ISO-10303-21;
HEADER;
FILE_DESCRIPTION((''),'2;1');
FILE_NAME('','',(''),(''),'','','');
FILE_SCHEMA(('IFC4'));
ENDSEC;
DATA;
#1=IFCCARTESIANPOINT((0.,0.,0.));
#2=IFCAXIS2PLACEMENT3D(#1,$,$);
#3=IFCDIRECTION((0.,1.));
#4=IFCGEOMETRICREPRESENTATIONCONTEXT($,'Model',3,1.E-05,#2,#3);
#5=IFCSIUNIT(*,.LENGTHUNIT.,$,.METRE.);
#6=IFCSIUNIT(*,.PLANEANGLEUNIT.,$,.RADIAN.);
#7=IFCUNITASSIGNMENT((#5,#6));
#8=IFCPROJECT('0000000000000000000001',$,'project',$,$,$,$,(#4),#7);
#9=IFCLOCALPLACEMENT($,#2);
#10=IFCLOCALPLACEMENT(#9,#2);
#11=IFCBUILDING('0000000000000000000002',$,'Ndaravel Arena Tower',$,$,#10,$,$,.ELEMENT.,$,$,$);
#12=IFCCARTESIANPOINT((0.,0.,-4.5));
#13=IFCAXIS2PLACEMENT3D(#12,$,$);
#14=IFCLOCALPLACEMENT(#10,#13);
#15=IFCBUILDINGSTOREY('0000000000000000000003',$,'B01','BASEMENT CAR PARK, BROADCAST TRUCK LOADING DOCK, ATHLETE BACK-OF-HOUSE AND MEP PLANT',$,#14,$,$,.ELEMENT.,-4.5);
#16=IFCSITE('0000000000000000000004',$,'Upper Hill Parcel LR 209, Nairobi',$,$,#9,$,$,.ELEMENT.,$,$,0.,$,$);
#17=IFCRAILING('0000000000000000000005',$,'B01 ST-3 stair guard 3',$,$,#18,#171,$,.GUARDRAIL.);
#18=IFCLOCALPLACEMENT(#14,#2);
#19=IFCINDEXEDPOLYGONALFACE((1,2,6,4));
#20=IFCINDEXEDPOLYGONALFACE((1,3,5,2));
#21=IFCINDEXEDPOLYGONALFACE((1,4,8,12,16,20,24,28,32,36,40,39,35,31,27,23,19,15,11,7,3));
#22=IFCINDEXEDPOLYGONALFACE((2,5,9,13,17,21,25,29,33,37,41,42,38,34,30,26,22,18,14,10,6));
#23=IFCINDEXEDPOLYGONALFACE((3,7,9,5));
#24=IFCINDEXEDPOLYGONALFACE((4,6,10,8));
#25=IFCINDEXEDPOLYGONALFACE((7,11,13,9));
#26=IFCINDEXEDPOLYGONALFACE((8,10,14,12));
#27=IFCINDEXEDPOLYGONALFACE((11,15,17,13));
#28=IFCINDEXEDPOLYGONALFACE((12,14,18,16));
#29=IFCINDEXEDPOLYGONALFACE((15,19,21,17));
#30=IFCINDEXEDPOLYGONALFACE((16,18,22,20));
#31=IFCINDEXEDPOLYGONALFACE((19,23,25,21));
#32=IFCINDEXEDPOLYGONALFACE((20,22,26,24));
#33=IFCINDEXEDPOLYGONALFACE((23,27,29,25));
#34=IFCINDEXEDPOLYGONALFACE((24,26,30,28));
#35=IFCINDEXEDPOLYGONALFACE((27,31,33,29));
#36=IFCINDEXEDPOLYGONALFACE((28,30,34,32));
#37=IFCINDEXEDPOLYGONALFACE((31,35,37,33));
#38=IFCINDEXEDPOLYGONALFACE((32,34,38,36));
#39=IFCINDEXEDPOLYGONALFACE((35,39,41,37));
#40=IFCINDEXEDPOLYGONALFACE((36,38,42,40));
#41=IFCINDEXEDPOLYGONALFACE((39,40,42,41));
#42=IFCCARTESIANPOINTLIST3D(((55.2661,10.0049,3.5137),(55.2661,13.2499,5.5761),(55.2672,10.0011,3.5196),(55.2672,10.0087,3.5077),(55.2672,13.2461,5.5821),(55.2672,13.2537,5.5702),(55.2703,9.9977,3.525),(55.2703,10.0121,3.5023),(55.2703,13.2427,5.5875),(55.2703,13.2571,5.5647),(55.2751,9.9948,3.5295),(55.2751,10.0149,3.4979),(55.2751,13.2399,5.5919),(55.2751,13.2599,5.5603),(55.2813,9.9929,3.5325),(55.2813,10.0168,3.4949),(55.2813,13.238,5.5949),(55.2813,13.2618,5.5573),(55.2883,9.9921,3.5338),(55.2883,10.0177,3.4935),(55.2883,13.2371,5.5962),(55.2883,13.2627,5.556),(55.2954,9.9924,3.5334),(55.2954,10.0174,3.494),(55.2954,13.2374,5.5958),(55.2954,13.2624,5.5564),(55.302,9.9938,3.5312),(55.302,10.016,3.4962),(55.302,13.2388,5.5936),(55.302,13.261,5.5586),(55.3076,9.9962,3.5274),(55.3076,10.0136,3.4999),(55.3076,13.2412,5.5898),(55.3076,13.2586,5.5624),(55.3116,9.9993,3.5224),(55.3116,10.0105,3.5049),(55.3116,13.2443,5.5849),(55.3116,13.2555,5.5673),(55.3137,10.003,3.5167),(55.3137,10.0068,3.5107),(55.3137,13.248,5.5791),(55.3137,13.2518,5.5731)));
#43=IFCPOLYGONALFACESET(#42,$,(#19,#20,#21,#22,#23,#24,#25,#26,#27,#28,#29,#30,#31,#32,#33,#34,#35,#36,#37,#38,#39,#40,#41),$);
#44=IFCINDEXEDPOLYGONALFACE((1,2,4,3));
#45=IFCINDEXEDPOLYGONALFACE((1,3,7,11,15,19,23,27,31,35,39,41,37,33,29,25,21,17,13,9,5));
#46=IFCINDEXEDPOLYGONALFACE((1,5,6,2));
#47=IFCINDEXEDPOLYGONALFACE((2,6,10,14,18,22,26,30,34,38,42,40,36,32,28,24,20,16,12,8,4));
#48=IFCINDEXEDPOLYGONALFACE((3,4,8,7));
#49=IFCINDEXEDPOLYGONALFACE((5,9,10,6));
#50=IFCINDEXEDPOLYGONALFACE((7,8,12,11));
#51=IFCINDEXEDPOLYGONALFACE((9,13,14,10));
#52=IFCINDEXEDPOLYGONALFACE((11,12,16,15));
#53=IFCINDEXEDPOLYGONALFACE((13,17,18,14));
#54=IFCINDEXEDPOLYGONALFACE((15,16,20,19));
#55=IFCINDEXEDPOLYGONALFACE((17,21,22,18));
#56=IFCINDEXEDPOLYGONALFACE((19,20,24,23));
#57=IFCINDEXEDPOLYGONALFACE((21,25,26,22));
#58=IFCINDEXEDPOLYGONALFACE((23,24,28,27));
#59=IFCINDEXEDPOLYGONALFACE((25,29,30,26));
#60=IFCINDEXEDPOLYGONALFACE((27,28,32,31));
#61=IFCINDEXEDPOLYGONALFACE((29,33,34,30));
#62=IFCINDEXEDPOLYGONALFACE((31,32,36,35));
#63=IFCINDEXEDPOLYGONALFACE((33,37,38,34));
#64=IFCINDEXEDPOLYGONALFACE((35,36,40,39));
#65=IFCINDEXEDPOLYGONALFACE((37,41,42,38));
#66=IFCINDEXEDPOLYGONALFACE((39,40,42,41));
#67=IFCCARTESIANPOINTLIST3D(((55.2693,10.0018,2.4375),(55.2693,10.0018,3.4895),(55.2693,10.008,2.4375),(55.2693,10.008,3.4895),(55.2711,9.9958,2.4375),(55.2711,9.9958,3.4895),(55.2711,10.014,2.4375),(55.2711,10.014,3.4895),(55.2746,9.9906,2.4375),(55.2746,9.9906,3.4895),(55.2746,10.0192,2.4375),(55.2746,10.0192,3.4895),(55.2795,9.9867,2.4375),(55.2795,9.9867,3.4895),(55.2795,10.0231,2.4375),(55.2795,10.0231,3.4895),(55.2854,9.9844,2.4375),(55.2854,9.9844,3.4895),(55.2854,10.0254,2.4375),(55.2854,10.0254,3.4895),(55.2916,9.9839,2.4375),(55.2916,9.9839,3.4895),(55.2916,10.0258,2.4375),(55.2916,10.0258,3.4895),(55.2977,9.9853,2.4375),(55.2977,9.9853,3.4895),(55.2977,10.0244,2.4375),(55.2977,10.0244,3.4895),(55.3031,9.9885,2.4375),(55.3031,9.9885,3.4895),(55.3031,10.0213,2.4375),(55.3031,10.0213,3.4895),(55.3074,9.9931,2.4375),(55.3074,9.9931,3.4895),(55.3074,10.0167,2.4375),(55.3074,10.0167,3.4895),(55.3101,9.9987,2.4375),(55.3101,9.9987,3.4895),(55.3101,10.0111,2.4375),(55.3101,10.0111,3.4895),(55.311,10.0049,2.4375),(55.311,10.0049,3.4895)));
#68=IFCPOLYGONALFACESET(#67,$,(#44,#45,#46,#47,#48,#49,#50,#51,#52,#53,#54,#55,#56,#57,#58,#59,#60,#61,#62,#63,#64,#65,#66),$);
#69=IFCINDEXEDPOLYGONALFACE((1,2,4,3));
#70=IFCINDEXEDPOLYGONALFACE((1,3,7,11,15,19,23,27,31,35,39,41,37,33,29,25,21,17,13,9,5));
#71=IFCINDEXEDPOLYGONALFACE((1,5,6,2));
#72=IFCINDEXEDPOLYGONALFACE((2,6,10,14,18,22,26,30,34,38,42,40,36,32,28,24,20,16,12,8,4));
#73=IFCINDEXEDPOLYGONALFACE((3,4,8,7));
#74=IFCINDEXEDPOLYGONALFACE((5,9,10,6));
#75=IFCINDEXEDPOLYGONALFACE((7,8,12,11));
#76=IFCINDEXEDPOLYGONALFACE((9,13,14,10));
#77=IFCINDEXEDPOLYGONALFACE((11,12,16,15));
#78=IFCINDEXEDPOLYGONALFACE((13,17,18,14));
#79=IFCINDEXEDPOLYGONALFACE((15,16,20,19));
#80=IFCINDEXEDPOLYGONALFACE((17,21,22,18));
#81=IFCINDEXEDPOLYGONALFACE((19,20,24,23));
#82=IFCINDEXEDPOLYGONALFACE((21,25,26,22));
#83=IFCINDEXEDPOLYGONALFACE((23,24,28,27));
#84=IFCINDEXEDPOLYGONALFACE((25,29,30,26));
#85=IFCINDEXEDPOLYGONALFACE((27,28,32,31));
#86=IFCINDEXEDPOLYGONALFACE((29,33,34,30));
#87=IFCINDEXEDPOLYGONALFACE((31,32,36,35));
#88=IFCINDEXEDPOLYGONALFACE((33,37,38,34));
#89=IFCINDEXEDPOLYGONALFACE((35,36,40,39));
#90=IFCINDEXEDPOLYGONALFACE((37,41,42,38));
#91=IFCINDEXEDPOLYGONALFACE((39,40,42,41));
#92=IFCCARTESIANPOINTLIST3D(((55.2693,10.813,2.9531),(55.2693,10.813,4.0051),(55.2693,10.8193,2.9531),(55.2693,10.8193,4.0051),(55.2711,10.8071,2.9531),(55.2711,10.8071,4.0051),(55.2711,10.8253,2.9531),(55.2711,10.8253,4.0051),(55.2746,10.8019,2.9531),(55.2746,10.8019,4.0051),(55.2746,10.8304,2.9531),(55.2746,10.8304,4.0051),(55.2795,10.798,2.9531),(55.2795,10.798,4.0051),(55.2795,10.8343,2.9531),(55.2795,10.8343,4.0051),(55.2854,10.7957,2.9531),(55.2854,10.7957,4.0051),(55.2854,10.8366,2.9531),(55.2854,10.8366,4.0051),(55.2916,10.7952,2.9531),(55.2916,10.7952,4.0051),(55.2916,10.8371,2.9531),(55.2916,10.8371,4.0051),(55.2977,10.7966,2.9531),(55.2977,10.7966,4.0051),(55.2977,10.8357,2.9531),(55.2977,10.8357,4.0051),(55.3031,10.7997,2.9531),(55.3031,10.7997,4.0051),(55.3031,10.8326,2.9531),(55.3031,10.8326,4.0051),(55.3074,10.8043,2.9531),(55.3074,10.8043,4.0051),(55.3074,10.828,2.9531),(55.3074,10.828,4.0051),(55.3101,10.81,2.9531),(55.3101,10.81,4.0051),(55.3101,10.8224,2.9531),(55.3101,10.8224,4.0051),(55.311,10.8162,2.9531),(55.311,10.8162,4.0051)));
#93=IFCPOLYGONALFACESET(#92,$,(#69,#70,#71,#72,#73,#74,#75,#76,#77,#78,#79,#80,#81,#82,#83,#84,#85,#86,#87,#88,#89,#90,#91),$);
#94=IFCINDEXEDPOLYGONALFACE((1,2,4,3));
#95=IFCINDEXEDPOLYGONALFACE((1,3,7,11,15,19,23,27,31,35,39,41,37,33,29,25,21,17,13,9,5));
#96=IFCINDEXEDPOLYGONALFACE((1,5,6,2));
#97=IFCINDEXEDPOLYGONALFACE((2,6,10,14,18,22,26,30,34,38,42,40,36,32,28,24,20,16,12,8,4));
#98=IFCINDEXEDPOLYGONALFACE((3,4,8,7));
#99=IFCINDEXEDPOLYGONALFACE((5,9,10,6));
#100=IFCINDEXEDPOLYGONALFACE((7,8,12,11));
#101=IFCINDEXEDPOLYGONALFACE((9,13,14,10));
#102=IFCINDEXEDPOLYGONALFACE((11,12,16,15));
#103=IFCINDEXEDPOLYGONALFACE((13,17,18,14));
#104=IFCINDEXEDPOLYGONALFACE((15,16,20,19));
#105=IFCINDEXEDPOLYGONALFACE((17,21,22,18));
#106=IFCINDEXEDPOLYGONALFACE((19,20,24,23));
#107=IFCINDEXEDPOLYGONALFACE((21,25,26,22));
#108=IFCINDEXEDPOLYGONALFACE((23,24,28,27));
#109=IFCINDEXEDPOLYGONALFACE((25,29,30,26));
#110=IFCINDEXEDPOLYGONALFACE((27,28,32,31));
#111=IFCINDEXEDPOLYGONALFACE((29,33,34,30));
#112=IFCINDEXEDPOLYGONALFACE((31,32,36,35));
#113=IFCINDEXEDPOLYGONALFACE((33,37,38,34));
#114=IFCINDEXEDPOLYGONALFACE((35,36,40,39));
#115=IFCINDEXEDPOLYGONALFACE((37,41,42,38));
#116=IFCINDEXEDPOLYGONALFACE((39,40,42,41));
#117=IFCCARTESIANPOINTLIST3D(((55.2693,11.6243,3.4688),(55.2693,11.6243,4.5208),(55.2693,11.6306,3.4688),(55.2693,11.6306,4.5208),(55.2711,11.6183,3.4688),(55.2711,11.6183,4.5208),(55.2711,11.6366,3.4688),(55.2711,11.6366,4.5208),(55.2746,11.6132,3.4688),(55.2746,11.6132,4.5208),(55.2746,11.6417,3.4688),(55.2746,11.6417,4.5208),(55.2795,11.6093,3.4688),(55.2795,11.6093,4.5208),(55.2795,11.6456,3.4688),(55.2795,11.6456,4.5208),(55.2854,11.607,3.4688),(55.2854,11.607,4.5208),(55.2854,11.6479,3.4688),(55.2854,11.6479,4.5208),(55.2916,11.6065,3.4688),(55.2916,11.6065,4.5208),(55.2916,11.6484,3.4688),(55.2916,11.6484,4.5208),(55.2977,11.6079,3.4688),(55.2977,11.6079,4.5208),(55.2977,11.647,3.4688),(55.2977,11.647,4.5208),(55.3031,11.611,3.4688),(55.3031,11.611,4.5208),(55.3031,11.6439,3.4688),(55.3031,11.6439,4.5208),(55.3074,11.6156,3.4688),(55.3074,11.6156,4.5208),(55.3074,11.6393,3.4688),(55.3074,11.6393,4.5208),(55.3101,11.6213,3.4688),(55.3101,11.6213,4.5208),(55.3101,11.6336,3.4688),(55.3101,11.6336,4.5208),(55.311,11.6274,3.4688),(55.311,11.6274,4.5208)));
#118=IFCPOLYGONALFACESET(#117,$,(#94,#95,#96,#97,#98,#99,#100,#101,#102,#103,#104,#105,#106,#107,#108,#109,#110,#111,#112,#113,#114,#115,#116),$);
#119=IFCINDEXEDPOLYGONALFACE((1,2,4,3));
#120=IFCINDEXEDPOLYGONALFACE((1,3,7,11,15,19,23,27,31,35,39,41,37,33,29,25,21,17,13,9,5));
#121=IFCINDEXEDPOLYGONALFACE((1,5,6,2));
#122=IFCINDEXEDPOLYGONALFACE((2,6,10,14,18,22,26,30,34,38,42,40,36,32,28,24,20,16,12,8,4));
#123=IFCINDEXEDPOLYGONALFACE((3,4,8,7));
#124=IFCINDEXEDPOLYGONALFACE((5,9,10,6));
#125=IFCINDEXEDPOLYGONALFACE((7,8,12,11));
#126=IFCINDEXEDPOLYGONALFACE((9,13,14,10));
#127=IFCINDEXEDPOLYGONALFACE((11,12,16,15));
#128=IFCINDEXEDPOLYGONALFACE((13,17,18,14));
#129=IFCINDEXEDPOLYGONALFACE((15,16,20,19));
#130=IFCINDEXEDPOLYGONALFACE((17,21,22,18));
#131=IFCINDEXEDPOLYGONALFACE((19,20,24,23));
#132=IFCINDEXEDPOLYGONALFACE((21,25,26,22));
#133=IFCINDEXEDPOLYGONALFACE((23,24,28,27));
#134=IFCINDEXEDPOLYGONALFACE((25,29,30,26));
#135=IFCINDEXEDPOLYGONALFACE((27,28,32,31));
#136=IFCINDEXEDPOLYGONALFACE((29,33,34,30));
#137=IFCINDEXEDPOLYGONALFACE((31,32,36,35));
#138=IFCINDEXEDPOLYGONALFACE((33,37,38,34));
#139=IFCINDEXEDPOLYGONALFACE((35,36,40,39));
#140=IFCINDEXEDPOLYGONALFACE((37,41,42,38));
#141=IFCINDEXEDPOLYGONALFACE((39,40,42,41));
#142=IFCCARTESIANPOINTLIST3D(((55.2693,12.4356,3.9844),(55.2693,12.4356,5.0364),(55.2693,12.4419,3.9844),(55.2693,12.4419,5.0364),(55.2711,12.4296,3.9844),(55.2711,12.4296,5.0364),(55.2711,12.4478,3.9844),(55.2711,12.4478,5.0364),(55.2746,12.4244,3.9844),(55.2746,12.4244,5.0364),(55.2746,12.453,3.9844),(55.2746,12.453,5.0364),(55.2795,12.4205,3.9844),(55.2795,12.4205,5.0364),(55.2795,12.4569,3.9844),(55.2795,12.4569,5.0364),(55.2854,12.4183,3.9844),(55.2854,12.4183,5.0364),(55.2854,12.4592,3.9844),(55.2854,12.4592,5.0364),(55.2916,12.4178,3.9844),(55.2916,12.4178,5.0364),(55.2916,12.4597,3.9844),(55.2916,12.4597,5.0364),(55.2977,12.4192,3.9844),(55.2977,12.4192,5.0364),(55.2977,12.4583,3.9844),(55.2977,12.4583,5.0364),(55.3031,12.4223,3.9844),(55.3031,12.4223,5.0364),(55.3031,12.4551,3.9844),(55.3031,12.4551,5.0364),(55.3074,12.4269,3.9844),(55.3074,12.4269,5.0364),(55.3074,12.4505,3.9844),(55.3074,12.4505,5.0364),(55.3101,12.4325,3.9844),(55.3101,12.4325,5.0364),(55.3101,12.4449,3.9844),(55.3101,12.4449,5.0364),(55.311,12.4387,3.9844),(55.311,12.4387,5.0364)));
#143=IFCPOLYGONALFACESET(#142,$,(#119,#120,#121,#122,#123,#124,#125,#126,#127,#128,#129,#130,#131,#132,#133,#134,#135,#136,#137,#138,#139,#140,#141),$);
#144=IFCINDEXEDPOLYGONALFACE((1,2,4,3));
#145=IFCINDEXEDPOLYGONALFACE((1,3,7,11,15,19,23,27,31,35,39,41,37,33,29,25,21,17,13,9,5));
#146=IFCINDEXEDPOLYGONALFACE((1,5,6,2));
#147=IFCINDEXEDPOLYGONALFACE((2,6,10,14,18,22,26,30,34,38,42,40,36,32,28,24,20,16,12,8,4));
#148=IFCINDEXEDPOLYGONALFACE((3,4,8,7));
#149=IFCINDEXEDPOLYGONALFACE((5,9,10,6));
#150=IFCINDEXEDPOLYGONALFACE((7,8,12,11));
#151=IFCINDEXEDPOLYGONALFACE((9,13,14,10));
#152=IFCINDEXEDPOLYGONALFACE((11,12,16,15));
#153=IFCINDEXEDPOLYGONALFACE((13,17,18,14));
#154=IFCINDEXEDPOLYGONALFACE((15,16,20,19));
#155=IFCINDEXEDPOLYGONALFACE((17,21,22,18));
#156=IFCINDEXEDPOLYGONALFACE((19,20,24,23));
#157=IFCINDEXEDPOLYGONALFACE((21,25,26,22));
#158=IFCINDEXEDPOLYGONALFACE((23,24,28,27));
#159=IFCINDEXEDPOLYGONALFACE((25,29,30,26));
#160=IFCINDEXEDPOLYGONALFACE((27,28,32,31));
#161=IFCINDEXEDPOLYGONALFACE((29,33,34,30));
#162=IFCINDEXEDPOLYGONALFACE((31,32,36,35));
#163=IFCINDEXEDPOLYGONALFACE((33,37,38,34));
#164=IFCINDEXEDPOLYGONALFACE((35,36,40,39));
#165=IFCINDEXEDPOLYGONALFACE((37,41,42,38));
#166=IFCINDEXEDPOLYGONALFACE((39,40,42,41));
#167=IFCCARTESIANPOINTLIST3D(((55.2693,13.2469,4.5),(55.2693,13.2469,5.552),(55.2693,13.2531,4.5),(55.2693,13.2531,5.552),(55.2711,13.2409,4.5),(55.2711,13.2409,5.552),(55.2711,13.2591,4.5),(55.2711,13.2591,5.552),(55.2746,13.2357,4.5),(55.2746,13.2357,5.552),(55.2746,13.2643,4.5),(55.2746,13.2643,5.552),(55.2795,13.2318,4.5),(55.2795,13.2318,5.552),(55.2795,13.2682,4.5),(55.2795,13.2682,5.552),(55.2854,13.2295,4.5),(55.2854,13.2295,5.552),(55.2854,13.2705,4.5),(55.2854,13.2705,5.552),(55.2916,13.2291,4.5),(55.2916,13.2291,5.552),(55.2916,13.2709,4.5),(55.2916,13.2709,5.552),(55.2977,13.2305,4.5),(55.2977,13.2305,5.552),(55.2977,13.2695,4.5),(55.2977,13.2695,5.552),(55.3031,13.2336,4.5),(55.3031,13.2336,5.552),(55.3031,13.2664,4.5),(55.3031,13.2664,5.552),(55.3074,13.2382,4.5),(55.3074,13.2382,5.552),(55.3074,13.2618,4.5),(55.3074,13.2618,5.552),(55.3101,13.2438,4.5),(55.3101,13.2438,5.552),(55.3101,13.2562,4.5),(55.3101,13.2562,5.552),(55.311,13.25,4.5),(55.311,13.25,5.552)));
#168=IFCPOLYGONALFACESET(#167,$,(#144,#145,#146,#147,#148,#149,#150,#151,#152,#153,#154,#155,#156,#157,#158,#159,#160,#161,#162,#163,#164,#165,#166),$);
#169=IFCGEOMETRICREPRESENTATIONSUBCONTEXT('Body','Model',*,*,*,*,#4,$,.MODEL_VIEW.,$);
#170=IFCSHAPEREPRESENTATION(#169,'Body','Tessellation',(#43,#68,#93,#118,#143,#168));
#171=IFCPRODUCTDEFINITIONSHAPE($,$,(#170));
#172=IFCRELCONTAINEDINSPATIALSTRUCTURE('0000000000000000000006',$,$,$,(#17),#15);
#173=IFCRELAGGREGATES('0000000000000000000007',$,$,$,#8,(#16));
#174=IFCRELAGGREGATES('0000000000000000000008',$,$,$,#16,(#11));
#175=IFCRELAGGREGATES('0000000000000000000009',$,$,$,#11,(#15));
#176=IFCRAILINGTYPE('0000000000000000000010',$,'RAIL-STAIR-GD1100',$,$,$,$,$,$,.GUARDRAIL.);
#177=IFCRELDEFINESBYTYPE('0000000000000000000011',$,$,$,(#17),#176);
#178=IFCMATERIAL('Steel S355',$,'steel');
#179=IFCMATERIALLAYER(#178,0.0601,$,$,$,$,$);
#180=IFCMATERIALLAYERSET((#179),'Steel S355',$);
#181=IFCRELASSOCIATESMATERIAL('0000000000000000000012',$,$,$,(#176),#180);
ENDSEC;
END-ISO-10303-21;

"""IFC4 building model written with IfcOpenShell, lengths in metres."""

from ifc_helpers import new_model, si_unit, direction, frame, origin, origin_2d, place, context, subcontext, project, spatial, circle, extrude, material, layer, layer_set, type_object, element, save


model = new_model("IFC4")

# Units and contexts
model_context = context("Model", 3, precision=1e-05, world=origin(), true_north=direction((0.0, 1.0)))
body_context = subcontext(model_context, "Body", "Model", "MODEL_VIEW")
ifc_project = project(units=[si_unit("LENGTHUNIT", "METRE"), si_unit("PLANEANGLEUNIT", "RADIAN")], contexts=[model_context])

# Site, building, storey
site_placement = place(None, origin())
site = spatial("IfcSite", under=ifc_project, at=site_placement, Name="Upper Hill Parcel LR 209, Nairobi", CompositionType="ELEMENT", RefElevation=0.0)
building_placement = place(site_placement, origin())
building = spatial("IfcBuilding", under=site, at=building_placement, Name="Ndaravel Arena Tower", CompositionType="ELEMENT")
storey_placement = place(building_placement, frame((0.0, 0.0, -4.5)))
storey = spatial("IfcBuildingStorey", under=building, at=storey_placement, Name="B01", Description="BASEMENT CAR PARK, BROADCAST TRUCK LOADING DOCK, ATHLETE BACK-OF-HOUSE AND MEP PLANT", CompositionType="ELEMENT", Elevation=-4.5)

# Railing
ifc_material_1 = material(Name="Steel S355", Category="steel")
ifc_layer_1 = layer(ifc_material_1, 0.0601)
ifc_layer_set_1 = layer_set([ifc_layer_1], Name="Steel S355")
railing_type_1 = type_object("IfcRailingType", Name="RAIL-STAIR-GD1100", PredefinedType="GUARDRAIL", material=ifc_layer_set_1)
railing_1_placement = place(storey_placement, frame((55.29, 10.0049, 2.4375)))
element("IfcRailing", 1, at=railing_1_placement, inside=storey, type_object=railing_type_1, Name="B01 ST-3 stair guard 3", PredefinedType="GUARDRAIL", context=body_context, shape_type="SweptSolid", body=[
    extrude(circle(Radius=0.0239, at=origin_2d()), frame((0.0, 0.0, 1.0762), z_axis=(0.0, 0.843965, 0.536399), x_axis=(-1.0, 0.0, 0.0)), (0.0, 0.0, 1.0), 3.845),
    extrude(circle(Radius=0.021, at=origin_2d()), origin(), (0.0, 0.0, 1.0), 1.052),
    extrude(circle(Radius=0.021, at=origin_2d()), frame((0.0, 0.8113, 0.5156)), (0.0, 0.0, 1.0), 1.052),
    extrude(circle(Radius=0.021, at=origin_2d()), frame((0.0, 1.6226, 1.0312)), (0.0, 0.0, 1.0), 1.052),
    extrude(circle(Radius=0.021, at=origin_2d()), frame((0.0, 2.4338, 1.5469)), (0.0, 0.0, 1.0), 1.052),
    extrude(circle(Radius=0.021, at=origin_2d()), frame((0.0, 3.2451, 2.0625)), (0.0, 0.0, 1.0), 1.052),
])

save(model, "model.ifc")
